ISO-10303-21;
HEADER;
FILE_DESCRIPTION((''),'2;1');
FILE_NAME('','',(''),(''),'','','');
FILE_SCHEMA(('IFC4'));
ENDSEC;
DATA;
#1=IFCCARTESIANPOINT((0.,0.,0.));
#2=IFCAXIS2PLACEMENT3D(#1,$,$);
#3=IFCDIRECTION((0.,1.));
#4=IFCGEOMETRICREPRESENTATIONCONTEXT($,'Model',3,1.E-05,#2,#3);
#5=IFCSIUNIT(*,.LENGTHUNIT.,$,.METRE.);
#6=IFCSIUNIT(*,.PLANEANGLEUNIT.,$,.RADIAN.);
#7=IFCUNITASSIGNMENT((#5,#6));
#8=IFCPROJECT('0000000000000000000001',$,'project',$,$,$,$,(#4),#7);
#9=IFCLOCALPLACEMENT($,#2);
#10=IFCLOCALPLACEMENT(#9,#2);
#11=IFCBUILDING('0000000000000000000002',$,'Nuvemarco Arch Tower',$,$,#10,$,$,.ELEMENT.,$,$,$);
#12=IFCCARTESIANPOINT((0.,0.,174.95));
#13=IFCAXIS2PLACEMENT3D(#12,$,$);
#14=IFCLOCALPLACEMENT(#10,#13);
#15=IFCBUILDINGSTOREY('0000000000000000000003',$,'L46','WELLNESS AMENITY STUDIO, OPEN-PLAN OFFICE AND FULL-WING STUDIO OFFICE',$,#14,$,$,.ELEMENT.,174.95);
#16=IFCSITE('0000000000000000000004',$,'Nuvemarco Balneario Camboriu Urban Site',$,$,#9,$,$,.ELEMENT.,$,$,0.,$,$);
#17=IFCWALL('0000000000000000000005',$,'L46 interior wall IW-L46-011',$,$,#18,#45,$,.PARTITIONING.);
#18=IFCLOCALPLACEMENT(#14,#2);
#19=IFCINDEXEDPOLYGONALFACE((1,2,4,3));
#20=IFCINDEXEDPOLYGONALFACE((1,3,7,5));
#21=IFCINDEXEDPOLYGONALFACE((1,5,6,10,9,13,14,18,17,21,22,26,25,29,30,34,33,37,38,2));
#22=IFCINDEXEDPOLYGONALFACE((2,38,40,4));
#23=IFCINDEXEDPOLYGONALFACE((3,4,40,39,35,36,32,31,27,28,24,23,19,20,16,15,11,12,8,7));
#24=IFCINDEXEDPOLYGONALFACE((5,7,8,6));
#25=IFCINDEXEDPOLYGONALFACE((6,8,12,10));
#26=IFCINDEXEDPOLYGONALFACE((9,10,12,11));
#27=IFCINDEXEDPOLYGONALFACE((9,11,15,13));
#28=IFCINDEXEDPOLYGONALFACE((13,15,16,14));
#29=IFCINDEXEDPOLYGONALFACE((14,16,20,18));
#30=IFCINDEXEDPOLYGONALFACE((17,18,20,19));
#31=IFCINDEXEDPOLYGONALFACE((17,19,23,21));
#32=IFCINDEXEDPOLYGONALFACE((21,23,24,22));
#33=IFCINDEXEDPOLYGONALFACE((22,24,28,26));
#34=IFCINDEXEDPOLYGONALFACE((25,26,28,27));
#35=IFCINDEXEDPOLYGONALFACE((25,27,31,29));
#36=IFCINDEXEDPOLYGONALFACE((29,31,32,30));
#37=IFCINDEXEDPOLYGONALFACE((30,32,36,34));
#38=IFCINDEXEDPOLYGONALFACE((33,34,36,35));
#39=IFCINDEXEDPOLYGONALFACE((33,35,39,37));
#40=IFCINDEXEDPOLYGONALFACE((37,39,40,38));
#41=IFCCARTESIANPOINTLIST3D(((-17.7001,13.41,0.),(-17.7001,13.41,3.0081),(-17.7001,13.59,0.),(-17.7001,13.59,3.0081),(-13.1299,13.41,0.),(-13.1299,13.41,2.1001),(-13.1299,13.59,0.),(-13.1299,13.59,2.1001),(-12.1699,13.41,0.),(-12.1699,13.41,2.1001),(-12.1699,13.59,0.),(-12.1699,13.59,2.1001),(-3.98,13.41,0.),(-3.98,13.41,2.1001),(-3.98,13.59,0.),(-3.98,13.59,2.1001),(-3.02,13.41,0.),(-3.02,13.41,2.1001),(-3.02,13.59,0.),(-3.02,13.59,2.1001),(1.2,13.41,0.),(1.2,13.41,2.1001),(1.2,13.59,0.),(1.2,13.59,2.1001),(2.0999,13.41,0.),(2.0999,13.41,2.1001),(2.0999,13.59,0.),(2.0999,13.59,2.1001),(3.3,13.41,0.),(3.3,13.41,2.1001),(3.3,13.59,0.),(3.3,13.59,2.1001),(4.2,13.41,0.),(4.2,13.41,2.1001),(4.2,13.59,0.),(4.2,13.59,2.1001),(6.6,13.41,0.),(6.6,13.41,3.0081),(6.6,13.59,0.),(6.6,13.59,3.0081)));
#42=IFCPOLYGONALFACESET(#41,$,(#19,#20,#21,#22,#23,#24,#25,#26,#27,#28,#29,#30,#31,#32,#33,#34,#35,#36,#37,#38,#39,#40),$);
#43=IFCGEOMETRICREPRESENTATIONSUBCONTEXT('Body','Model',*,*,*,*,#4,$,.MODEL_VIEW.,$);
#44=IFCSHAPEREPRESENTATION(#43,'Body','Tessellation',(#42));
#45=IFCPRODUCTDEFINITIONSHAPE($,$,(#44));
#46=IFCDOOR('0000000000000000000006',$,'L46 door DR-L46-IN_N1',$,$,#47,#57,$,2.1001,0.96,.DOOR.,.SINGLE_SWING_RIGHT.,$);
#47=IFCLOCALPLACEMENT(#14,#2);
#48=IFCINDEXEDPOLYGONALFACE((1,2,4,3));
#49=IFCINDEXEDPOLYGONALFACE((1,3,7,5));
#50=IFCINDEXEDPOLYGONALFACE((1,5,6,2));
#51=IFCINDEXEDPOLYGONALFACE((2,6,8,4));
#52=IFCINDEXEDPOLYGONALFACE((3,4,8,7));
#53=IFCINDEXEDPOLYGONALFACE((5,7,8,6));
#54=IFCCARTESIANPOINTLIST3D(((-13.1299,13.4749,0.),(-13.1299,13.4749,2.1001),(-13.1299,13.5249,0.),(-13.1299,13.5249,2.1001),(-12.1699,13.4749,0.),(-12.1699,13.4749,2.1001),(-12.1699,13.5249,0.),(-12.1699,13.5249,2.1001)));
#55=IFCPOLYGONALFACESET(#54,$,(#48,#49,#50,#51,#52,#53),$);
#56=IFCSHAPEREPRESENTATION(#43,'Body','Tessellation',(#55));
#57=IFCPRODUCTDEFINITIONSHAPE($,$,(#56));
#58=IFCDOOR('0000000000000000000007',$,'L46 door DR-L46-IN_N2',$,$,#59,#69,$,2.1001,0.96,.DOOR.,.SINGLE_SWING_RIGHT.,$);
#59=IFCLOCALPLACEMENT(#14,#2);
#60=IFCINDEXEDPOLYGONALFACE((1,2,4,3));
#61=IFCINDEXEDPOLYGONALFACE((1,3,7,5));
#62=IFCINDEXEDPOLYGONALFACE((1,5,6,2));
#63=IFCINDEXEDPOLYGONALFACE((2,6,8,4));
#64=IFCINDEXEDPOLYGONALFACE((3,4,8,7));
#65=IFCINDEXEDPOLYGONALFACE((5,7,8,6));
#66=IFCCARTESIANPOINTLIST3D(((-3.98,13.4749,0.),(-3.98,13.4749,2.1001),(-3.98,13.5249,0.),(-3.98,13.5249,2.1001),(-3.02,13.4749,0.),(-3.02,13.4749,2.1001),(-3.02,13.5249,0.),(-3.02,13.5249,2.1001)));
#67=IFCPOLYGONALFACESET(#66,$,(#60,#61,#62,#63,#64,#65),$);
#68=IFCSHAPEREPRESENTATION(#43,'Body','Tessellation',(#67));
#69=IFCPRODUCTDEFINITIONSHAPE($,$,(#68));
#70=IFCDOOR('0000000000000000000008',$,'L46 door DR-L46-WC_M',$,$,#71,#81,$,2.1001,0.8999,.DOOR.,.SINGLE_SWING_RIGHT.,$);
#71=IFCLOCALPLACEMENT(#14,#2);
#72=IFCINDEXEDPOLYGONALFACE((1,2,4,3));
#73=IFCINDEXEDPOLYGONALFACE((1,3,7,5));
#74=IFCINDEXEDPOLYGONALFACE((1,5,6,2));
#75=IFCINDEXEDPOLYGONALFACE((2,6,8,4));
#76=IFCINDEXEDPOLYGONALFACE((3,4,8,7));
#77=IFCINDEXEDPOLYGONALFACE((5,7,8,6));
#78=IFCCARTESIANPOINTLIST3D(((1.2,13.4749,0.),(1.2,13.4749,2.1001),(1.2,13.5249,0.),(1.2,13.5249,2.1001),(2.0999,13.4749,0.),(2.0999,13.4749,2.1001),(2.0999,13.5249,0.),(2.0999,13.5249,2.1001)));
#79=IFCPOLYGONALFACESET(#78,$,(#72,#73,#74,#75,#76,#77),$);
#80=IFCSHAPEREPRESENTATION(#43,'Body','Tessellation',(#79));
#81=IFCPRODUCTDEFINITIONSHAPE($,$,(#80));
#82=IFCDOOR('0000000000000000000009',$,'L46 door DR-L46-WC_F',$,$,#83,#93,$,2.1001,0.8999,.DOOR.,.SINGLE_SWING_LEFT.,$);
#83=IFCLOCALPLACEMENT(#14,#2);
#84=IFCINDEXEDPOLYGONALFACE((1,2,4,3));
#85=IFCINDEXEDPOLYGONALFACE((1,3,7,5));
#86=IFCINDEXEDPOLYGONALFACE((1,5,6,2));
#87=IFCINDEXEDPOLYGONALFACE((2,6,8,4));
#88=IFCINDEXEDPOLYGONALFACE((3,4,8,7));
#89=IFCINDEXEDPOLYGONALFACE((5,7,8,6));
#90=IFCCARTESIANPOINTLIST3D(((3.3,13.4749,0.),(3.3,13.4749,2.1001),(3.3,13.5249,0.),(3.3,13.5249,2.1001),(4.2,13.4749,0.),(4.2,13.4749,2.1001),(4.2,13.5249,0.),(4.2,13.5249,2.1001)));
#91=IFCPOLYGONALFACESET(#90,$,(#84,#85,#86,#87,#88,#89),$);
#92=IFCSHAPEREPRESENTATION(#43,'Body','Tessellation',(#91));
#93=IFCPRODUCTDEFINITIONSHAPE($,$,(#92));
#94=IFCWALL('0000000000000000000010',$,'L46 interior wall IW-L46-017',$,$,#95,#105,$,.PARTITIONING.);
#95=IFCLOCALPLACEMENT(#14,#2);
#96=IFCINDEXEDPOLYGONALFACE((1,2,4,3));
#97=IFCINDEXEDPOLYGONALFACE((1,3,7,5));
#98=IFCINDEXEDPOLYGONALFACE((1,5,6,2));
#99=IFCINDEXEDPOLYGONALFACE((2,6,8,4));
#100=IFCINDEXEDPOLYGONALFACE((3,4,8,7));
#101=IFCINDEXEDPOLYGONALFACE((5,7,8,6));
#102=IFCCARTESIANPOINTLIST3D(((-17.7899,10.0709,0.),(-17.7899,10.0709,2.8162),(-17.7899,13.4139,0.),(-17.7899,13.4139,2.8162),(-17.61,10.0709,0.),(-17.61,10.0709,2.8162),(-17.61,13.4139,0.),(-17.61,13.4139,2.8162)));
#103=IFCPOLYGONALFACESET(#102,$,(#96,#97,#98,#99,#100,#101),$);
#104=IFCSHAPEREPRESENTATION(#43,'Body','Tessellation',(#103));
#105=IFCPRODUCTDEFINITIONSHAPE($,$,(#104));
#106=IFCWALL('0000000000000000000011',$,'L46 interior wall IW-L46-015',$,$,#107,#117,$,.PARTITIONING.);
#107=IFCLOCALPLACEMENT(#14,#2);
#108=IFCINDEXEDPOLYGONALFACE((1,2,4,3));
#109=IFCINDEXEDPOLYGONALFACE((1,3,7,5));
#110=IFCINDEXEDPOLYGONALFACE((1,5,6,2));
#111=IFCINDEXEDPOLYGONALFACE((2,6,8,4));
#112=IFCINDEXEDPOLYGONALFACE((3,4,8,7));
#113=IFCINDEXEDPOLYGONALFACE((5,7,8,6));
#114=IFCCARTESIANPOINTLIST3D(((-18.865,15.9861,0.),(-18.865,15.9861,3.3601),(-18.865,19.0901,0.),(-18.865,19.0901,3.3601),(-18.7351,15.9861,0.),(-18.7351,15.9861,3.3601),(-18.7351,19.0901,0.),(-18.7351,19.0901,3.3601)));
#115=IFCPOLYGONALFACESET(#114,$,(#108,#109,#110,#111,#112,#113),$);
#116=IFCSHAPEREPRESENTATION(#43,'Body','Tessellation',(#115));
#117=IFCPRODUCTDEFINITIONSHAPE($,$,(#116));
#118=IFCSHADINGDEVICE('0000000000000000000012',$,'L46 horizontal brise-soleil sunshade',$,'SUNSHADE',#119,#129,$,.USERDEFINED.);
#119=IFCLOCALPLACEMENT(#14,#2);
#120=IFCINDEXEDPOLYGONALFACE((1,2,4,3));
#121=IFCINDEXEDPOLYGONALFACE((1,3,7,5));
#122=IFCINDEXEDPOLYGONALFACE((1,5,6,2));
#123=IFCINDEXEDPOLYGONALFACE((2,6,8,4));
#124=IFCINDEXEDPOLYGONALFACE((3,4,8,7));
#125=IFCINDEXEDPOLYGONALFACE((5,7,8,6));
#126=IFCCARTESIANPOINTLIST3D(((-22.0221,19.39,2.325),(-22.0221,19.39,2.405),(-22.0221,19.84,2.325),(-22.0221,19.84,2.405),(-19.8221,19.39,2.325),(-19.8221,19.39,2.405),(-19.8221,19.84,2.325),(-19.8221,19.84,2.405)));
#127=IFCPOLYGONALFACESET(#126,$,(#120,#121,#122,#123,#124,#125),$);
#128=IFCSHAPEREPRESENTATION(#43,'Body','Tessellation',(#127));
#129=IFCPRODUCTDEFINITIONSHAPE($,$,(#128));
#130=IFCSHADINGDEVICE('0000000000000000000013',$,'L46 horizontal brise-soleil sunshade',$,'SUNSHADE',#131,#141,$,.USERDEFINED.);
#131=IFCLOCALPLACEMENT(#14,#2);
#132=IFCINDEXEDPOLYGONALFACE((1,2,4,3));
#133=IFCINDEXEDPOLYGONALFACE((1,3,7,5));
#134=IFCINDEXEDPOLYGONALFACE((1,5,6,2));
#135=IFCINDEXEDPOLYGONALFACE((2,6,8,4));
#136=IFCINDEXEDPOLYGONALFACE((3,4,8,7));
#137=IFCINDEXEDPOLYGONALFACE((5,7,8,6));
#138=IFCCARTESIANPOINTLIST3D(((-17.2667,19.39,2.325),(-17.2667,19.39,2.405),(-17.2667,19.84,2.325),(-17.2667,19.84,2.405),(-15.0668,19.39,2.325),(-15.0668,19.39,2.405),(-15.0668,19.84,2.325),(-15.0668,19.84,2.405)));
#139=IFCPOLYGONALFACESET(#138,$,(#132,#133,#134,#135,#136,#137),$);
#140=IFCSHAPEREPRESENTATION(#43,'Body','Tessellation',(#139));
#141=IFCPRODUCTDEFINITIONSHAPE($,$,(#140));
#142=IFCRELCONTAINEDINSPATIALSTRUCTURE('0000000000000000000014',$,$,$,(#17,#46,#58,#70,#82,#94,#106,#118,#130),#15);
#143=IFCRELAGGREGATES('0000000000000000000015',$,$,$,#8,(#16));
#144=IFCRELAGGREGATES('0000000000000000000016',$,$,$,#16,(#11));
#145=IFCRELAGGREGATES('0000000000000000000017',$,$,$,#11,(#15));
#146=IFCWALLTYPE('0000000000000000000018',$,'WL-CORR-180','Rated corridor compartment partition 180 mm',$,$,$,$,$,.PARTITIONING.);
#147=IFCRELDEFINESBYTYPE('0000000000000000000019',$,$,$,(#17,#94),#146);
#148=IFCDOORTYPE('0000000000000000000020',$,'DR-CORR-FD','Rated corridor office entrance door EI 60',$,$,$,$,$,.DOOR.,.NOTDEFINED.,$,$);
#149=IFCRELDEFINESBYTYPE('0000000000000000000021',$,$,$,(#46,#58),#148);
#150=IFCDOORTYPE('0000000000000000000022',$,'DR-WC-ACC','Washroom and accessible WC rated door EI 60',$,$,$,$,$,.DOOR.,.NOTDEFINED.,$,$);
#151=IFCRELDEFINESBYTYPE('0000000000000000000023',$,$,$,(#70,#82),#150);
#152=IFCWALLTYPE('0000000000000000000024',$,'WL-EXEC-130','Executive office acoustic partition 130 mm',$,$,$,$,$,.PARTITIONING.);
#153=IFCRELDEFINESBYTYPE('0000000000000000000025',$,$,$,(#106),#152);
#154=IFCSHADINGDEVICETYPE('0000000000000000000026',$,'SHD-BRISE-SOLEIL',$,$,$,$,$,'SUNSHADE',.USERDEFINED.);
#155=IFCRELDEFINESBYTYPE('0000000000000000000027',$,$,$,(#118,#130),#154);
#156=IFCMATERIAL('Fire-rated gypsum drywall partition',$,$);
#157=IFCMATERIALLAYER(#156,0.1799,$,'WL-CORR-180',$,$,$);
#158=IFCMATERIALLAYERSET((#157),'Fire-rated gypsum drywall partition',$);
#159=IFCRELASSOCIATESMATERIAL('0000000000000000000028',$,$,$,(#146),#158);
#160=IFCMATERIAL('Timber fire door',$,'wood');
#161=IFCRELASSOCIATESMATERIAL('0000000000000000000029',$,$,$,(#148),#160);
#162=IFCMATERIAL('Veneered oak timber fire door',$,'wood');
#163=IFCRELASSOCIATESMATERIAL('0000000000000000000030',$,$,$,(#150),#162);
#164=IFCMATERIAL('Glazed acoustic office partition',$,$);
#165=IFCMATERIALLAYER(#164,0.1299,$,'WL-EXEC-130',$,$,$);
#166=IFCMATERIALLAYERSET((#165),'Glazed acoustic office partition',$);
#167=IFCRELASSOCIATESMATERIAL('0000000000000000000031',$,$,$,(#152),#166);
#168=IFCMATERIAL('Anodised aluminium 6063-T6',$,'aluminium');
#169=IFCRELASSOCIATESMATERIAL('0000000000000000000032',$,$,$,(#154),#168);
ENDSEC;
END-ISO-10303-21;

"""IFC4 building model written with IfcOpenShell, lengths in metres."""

from ifc_helpers import new_model, si_unit, direction, frame, frame_2d, origin, origin_2d, place, context, subcontext, project, spatial, rectangle, extrude, source, transform, mapped, material, layer, layer_set, type_object, type_shapes, element, fill, save


model = new_model("IFC4")

# Units and contexts
model_context = context("Model", 3, precision=1e-05, world=origin(), true_north=direction((0.0, 1.0)))
body_context = subcontext(model_context, "Body", "Model", "MODEL_VIEW")
ifc_project = project(units=[si_unit("LENGTHUNIT", "METRE"), si_unit("PLANEANGLEUNIT", "RADIAN")], contexts=[model_context])

# Site, building, storey
site_placement = place(None, origin())
site = spatial("IfcSite", under=ifc_project, at=site_placement, Name="Nuvemarco Balneario Camboriu Urban Site", CompositionType="ELEMENT", RefElevation=0.0)
building_placement = place(site_placement, origin())
building = spatial("IfcBuilding", under=site, at=building_placement, Name="Nuvemarco Arch Tower", CompositionType="ELEMENT")
storey_placement = place(building_placement, frame((0.0, 0.0, 174.95)))
storey = spatial("IfcBuildingStorey", under=building, at=storey_placement, Name="L46", Description="WELLNESS AMENITY STUDIO, OPEN-PLAN OFFICE AND FULL-WING STUDIO OFFICE", CompositionType="ELEMENT", Elevation=174.95)

# Wall, openings, doors
ifc_material_1 = material(Name="Fire-rated gypsum drywall partition")
ifc_layer_1 = layer(ifc_material_1, 0.1799, Name="WL-CORR-180")
ifc_layer_set_1 = layer_set([ifc_layer_1], Name="Fire-rated gypsum drywall partition")
wall_type_1 = type_object("IfcWallType", Name="WL-CORR-180", Description="Rated corridor compartment partition 180 mm", PredefinedType="PARTITIONING", material=ifc_layer_set_1)
wall_1_placement = place(storey_placement, frame((-17.7, 13.5, 0.0), z_axis=(0.0, 0.0, 1.0), x_axis=(1.0, 0.0, 0.0)))
wall_1 = element("IfcWall", 1, at=wall_1_placement, inside=storey, type_object=wall_type_1, Name="L46 interior wall IW-L46-011", PredefinedType="PARTITIONING", context=body_context, shape_type="SweptSolid", body=[
    extrude(rectangle(XDim=24.3, YDim=0.1799, at=frame_2d((12.1499, 0.0))), origin(), (0.0, 0.0, 1.0), 3.0081),
])
opening_1_placement = place(wall_1_placement, frame((4.5701, 0.0, 0.0)))
opening_1 = element("IfcOpeningElement", 2, at=opening_1_placement, cuts=wall_1, PredefinedType="OPENING", context=body_context, shape_type="SweptSolid", body=[
    extrude(rectangle(XDim=0.96, YDim=2.1001, at=frame_2d((0.48, 1.05))), frame((0.0, 0.0999, 0.0), z_axis=(0.0, -1.0, 0.0), x_axis=(1.0, 0.0, 0.0)), (0.0, 0.0, 1.0), 0.2),
])
opening_2_placement = place(wall_1_placement, frame((13.72, 0.0, 0.0)))
opening_2 = element("IfcOpeningElement", 3, at=opening_2_placement, cuts=wall_1, PredefinedType="OPENING", context=body_context, shape_type="SweptSolid", body=[
    extrude(rectangle(XDim=0.96, YDim=2.1001, at=frame_2d((0.48, 1.05))), frame((0.0, 0.0999, 0.0), z_axis=(0.0, -1.0, 0.0), x_axis=(1.0, 0.0, 0.0)), (0.0, 0.0, 1.0), 0.2),
])
opening_3_placement = place(wall_1_placement, frame((18.8999, 0.0, 0.0)))
opening_3 = element("IfcOpeningElement", 4, at=opening_3_placement, cuts=wall_1, PredefinedType="OPENING", context=body_context, shape_type="SweptSolid", body=[
    extrude(rectangle(XDim=0.8999, YDim=2.1001, at=frame_2d((0.45, 1.05))), frame((0.0, 0.0999, 0.0), z_axis=(0.0, -1.0, 0.0), x_axis=(1.0, 0.0, 0.0)), (0.0, 0.0, 1.0), 0.2),
])
opening_4_placement = place(wall_1_placement, frame((21.0, 0.0, 0.0)))
opening_4 = element("IfcOpeningElement", 5, at=opening_4_placement, cuts=wall_1, PredefinedType="OPENING", context=body_context, shape_type="SweptSolid", body=[
    extrude(rectangle(XDim=0.8999, YDim=2.1001, at=frame_2d((0.45, 1.05))), frame((0.0, 0.0999, 0.0), z_axis=(0.0, -1.0, 0.0), x_axis=(1.0, 0.0, 0.0)), (0.0, 0.0, 1.0), 0.2),
])
ifc_material_2 = material(Name="Timber fire door", Category="wood")
door_type_1 = type_object("IfcDoorType", Name="DR-CORR-FD", Description="Rated corridor office entrance door EI 60", OperationType="NOTDEFINED", PredefinedType="DOOR", material=ifc_material_2)
shared_shape_1 = source(origin(), body_context, "Body", "SweptSolid", [
    extrude(rectangle(XDim=0.96, YDim=2.1001, at=frame_2d((0.48, 1.05))), frame((0.0, 0.0249, 0.0), z_axis=(0.0, -1.0, 0.0), x_axis=(1.0, 0.0, 0.0)), (0.0, 0.0, 1.0), 0.05),
])
type_shapes(door_type_1, [shared_shape_1])
door_1_placement = place(opening_1_placement, origin())
door_1 = element("IfcDoor", 6, at=door_1_placement, inside=storey, type_object=door_type_1, Name="L46 door DR-L46-IN_N1", OperationType="SINGLE_SWING_RIGHT", OverallHeight=2.1001, OverallWidth=0.96, PredefinedType="DOOR", context=body_context, shape_type="MappedRepresentation", body=[
    mapped(shared_shape_1, transform((0.0, 0.0, 0.0), scale=1.0)),
])
fill(opening_1, door_1)
door_2_placement = place(opening_2_placement, origin())
door_2 = element("IfcDoor", 7, at=door_2_placement, inside=storey, type_object=door_type_1, Name="L46 door DR-L46-IN_N2", OperationType="SINGLE_SWING_RIGHT", OverallHeight=2.1001, OverallWidth=0.96, PredefinedType="DOOR", context=body_context, shape_type="MappedRepresentation", body=[
    mapped(shared_shape_1, transform((0.0, 0.0, 0.0), scale=1.0)),
])
fill(opening_2, door_2)
ifc_material_3 = material(Name="Veneered oak timber fire door", Category="wood")
door_type_2 = type_object("IfcDoorType", Name="DR-WC-ACC", Description="Washroom and accessible WC rated door EI 60", OperationType="NOTDEFINED", PredefinedType="DOOR", material=ifc_material_3)
shared_shape_2 = source(origin(), body_context, "Body", "SweptSolid", [
    extrude(rectangle(XDim=0.8999, YDim=2.1001, at=frame_2d((0.45, 1.05))), frame((0.0, 0.0249, 0.0), z_axis=(0.0, -1.0, 0.0), x_axis=(1.0, 0.0, 0.0)), (0.0, 0.0, 1.0), 0.05),
])
type_shapes(door_type_2, [shared_shape_2])
door_3_placement = place(opening_3_placement, origin())
door_3 = element("IfcDoor", 8, at=door_3_placement, inside=storey, type_object=door_type_2, Name="L46 door DR-L46-WC_M", OperationType="SINGLE_SWING_RIGHT", OverallHeight=2.1001, OverallWidth=0.8999, PredefinedType="DOOR", context=body_context, shape_type="MappedRepresentation", body=[
    mapped(shared_shape_2, transform((0.0, 0.0, 0.0), scale=1.0)),
])
fill(opening_3, door_3)
door_4_placement = place(opening_4_placement, origin())
door_4 = element("IfcDoor", 9, at=door_4_placement, inside=storey, type_object=door_type_2, Name="L46 door DR-L46-WC_F", OperationType="SINGLE_SWING_LEFT", OverallHeight=2.1001, OverallWidth=0.8999, PredefinedType="DOOR", context=body_context, shape_type="MappedRepresentation", body=[
    mapped(shared_shape_2, transform((0.0, 0.0, 0.0), scale=1.0)),
])
fill(opening_4, door_4)

# Walls
wall_2_placement = place(storey_placement, frame((-17.7, 10.071, 0.0), z_axis=(0.0, 0.0, 1.0), x_axis=(0.0, 1.0, 0.0)))
element("IfcWall", 10, at=wall_2_placement, inside=storey, type_object=wall_type_1, Name="L46 interior wall IW-L46-017", PredefinedType="PARTITIONING", context=body_context, shape_type="SweptSolid", body=[
    extrude(rectangle(XDim=3.343, YDim=0.1799, at=frame_2d((1.6714, 0.0))), origin(), (0.0, 0.0, 1.0), 2.8162),
])
ifc_material_4 = material(Name="Glazed acoustic office partition")
ifc_layer_2 = layer(ifc_material_4, 0.1299, Name="WL-EXEC-130")
ifc_layer_set_2 = layer_set([ifc_layer_2], Name="Glazed acoustic office partition")
wall_type_2 = type_object("IfcWallType", Name="WL-EXEC-130", Description="Executive office acoustic partition 130 mm", PredefinedType="PARTITIONING", material=ifc_layer_set_2)
wall_3_placement = place(storey_placement, frame((-18.8, 15.9861, 0.0), z_axis=(0.0, 0.0, 1.0), x_axis=(0.0, 1.0, 0.0)))
element("IfcWall", 11, at=wall_3_placement, inside=storey, type_object=wall_type_2, Name="L46 interior wall IW-L46-015", PredefinedType="PARTITIONING", context=body_context, shape_type="SweptSolid", body=[
    extrude(rectangle(XDim=3.104, YDim=0.1299, at=frame_2d((1.552, 0.0))), origin(), (0.0, 0.0, 1.0), 3.3601),
])

# Shading devices
ifc_material_5 = material(Name="Anodised aluminium 6063-T6", Category="aluminium")
shading_device_type = type_object("IfcShadingDeviceType", Name="SHD-BRISE-SOLEIL", ElementType="SUNSHADE", PredefinedType="USERDEFINED", material=ifc_material_5)
shared_shape_3 = source(origin(), body_context, "Body", "SweptSolid", [
    extrude(rectangle(XDim=2.2, YDim=0.45, at=origin_2d()), origin(), (0.0, 0.0, 1.0), 0.0801),
])
type_shapes(shading_device_type, [shared_shape_3])
for number, where, z_axis, x_axis, name in (
    (12, (-20.9221, 19.615, 2.325), (0.0, 0.0, 1.0), (1.0, 0.0, 0.0), "L46 horizontal brise-soleil sunshade"),
    (13, (-16.1667, 19.615, 2.325), (0.0, 0.0, 1.0), (1.0, 0.0, 0.0), "L46 horizontal brise-soleil sunshade"),
):
    element("IfcShadingDevice", number, at=place(storey_placement, frame(where, z_axis=z_axis, x_axis=x_axis)), inside=storey, type_object=shading_device_type, Name=name, ObjectType="SUNSHADE", PredefinedType="USERDEFINED", context=body_context, shape_type="MappedRepresentation", body=[
        mapped(shared_shape_3, transform((0.0, 0.0, 0.0), scale=1.0)),
    ])

save(model, "model.ifc")
